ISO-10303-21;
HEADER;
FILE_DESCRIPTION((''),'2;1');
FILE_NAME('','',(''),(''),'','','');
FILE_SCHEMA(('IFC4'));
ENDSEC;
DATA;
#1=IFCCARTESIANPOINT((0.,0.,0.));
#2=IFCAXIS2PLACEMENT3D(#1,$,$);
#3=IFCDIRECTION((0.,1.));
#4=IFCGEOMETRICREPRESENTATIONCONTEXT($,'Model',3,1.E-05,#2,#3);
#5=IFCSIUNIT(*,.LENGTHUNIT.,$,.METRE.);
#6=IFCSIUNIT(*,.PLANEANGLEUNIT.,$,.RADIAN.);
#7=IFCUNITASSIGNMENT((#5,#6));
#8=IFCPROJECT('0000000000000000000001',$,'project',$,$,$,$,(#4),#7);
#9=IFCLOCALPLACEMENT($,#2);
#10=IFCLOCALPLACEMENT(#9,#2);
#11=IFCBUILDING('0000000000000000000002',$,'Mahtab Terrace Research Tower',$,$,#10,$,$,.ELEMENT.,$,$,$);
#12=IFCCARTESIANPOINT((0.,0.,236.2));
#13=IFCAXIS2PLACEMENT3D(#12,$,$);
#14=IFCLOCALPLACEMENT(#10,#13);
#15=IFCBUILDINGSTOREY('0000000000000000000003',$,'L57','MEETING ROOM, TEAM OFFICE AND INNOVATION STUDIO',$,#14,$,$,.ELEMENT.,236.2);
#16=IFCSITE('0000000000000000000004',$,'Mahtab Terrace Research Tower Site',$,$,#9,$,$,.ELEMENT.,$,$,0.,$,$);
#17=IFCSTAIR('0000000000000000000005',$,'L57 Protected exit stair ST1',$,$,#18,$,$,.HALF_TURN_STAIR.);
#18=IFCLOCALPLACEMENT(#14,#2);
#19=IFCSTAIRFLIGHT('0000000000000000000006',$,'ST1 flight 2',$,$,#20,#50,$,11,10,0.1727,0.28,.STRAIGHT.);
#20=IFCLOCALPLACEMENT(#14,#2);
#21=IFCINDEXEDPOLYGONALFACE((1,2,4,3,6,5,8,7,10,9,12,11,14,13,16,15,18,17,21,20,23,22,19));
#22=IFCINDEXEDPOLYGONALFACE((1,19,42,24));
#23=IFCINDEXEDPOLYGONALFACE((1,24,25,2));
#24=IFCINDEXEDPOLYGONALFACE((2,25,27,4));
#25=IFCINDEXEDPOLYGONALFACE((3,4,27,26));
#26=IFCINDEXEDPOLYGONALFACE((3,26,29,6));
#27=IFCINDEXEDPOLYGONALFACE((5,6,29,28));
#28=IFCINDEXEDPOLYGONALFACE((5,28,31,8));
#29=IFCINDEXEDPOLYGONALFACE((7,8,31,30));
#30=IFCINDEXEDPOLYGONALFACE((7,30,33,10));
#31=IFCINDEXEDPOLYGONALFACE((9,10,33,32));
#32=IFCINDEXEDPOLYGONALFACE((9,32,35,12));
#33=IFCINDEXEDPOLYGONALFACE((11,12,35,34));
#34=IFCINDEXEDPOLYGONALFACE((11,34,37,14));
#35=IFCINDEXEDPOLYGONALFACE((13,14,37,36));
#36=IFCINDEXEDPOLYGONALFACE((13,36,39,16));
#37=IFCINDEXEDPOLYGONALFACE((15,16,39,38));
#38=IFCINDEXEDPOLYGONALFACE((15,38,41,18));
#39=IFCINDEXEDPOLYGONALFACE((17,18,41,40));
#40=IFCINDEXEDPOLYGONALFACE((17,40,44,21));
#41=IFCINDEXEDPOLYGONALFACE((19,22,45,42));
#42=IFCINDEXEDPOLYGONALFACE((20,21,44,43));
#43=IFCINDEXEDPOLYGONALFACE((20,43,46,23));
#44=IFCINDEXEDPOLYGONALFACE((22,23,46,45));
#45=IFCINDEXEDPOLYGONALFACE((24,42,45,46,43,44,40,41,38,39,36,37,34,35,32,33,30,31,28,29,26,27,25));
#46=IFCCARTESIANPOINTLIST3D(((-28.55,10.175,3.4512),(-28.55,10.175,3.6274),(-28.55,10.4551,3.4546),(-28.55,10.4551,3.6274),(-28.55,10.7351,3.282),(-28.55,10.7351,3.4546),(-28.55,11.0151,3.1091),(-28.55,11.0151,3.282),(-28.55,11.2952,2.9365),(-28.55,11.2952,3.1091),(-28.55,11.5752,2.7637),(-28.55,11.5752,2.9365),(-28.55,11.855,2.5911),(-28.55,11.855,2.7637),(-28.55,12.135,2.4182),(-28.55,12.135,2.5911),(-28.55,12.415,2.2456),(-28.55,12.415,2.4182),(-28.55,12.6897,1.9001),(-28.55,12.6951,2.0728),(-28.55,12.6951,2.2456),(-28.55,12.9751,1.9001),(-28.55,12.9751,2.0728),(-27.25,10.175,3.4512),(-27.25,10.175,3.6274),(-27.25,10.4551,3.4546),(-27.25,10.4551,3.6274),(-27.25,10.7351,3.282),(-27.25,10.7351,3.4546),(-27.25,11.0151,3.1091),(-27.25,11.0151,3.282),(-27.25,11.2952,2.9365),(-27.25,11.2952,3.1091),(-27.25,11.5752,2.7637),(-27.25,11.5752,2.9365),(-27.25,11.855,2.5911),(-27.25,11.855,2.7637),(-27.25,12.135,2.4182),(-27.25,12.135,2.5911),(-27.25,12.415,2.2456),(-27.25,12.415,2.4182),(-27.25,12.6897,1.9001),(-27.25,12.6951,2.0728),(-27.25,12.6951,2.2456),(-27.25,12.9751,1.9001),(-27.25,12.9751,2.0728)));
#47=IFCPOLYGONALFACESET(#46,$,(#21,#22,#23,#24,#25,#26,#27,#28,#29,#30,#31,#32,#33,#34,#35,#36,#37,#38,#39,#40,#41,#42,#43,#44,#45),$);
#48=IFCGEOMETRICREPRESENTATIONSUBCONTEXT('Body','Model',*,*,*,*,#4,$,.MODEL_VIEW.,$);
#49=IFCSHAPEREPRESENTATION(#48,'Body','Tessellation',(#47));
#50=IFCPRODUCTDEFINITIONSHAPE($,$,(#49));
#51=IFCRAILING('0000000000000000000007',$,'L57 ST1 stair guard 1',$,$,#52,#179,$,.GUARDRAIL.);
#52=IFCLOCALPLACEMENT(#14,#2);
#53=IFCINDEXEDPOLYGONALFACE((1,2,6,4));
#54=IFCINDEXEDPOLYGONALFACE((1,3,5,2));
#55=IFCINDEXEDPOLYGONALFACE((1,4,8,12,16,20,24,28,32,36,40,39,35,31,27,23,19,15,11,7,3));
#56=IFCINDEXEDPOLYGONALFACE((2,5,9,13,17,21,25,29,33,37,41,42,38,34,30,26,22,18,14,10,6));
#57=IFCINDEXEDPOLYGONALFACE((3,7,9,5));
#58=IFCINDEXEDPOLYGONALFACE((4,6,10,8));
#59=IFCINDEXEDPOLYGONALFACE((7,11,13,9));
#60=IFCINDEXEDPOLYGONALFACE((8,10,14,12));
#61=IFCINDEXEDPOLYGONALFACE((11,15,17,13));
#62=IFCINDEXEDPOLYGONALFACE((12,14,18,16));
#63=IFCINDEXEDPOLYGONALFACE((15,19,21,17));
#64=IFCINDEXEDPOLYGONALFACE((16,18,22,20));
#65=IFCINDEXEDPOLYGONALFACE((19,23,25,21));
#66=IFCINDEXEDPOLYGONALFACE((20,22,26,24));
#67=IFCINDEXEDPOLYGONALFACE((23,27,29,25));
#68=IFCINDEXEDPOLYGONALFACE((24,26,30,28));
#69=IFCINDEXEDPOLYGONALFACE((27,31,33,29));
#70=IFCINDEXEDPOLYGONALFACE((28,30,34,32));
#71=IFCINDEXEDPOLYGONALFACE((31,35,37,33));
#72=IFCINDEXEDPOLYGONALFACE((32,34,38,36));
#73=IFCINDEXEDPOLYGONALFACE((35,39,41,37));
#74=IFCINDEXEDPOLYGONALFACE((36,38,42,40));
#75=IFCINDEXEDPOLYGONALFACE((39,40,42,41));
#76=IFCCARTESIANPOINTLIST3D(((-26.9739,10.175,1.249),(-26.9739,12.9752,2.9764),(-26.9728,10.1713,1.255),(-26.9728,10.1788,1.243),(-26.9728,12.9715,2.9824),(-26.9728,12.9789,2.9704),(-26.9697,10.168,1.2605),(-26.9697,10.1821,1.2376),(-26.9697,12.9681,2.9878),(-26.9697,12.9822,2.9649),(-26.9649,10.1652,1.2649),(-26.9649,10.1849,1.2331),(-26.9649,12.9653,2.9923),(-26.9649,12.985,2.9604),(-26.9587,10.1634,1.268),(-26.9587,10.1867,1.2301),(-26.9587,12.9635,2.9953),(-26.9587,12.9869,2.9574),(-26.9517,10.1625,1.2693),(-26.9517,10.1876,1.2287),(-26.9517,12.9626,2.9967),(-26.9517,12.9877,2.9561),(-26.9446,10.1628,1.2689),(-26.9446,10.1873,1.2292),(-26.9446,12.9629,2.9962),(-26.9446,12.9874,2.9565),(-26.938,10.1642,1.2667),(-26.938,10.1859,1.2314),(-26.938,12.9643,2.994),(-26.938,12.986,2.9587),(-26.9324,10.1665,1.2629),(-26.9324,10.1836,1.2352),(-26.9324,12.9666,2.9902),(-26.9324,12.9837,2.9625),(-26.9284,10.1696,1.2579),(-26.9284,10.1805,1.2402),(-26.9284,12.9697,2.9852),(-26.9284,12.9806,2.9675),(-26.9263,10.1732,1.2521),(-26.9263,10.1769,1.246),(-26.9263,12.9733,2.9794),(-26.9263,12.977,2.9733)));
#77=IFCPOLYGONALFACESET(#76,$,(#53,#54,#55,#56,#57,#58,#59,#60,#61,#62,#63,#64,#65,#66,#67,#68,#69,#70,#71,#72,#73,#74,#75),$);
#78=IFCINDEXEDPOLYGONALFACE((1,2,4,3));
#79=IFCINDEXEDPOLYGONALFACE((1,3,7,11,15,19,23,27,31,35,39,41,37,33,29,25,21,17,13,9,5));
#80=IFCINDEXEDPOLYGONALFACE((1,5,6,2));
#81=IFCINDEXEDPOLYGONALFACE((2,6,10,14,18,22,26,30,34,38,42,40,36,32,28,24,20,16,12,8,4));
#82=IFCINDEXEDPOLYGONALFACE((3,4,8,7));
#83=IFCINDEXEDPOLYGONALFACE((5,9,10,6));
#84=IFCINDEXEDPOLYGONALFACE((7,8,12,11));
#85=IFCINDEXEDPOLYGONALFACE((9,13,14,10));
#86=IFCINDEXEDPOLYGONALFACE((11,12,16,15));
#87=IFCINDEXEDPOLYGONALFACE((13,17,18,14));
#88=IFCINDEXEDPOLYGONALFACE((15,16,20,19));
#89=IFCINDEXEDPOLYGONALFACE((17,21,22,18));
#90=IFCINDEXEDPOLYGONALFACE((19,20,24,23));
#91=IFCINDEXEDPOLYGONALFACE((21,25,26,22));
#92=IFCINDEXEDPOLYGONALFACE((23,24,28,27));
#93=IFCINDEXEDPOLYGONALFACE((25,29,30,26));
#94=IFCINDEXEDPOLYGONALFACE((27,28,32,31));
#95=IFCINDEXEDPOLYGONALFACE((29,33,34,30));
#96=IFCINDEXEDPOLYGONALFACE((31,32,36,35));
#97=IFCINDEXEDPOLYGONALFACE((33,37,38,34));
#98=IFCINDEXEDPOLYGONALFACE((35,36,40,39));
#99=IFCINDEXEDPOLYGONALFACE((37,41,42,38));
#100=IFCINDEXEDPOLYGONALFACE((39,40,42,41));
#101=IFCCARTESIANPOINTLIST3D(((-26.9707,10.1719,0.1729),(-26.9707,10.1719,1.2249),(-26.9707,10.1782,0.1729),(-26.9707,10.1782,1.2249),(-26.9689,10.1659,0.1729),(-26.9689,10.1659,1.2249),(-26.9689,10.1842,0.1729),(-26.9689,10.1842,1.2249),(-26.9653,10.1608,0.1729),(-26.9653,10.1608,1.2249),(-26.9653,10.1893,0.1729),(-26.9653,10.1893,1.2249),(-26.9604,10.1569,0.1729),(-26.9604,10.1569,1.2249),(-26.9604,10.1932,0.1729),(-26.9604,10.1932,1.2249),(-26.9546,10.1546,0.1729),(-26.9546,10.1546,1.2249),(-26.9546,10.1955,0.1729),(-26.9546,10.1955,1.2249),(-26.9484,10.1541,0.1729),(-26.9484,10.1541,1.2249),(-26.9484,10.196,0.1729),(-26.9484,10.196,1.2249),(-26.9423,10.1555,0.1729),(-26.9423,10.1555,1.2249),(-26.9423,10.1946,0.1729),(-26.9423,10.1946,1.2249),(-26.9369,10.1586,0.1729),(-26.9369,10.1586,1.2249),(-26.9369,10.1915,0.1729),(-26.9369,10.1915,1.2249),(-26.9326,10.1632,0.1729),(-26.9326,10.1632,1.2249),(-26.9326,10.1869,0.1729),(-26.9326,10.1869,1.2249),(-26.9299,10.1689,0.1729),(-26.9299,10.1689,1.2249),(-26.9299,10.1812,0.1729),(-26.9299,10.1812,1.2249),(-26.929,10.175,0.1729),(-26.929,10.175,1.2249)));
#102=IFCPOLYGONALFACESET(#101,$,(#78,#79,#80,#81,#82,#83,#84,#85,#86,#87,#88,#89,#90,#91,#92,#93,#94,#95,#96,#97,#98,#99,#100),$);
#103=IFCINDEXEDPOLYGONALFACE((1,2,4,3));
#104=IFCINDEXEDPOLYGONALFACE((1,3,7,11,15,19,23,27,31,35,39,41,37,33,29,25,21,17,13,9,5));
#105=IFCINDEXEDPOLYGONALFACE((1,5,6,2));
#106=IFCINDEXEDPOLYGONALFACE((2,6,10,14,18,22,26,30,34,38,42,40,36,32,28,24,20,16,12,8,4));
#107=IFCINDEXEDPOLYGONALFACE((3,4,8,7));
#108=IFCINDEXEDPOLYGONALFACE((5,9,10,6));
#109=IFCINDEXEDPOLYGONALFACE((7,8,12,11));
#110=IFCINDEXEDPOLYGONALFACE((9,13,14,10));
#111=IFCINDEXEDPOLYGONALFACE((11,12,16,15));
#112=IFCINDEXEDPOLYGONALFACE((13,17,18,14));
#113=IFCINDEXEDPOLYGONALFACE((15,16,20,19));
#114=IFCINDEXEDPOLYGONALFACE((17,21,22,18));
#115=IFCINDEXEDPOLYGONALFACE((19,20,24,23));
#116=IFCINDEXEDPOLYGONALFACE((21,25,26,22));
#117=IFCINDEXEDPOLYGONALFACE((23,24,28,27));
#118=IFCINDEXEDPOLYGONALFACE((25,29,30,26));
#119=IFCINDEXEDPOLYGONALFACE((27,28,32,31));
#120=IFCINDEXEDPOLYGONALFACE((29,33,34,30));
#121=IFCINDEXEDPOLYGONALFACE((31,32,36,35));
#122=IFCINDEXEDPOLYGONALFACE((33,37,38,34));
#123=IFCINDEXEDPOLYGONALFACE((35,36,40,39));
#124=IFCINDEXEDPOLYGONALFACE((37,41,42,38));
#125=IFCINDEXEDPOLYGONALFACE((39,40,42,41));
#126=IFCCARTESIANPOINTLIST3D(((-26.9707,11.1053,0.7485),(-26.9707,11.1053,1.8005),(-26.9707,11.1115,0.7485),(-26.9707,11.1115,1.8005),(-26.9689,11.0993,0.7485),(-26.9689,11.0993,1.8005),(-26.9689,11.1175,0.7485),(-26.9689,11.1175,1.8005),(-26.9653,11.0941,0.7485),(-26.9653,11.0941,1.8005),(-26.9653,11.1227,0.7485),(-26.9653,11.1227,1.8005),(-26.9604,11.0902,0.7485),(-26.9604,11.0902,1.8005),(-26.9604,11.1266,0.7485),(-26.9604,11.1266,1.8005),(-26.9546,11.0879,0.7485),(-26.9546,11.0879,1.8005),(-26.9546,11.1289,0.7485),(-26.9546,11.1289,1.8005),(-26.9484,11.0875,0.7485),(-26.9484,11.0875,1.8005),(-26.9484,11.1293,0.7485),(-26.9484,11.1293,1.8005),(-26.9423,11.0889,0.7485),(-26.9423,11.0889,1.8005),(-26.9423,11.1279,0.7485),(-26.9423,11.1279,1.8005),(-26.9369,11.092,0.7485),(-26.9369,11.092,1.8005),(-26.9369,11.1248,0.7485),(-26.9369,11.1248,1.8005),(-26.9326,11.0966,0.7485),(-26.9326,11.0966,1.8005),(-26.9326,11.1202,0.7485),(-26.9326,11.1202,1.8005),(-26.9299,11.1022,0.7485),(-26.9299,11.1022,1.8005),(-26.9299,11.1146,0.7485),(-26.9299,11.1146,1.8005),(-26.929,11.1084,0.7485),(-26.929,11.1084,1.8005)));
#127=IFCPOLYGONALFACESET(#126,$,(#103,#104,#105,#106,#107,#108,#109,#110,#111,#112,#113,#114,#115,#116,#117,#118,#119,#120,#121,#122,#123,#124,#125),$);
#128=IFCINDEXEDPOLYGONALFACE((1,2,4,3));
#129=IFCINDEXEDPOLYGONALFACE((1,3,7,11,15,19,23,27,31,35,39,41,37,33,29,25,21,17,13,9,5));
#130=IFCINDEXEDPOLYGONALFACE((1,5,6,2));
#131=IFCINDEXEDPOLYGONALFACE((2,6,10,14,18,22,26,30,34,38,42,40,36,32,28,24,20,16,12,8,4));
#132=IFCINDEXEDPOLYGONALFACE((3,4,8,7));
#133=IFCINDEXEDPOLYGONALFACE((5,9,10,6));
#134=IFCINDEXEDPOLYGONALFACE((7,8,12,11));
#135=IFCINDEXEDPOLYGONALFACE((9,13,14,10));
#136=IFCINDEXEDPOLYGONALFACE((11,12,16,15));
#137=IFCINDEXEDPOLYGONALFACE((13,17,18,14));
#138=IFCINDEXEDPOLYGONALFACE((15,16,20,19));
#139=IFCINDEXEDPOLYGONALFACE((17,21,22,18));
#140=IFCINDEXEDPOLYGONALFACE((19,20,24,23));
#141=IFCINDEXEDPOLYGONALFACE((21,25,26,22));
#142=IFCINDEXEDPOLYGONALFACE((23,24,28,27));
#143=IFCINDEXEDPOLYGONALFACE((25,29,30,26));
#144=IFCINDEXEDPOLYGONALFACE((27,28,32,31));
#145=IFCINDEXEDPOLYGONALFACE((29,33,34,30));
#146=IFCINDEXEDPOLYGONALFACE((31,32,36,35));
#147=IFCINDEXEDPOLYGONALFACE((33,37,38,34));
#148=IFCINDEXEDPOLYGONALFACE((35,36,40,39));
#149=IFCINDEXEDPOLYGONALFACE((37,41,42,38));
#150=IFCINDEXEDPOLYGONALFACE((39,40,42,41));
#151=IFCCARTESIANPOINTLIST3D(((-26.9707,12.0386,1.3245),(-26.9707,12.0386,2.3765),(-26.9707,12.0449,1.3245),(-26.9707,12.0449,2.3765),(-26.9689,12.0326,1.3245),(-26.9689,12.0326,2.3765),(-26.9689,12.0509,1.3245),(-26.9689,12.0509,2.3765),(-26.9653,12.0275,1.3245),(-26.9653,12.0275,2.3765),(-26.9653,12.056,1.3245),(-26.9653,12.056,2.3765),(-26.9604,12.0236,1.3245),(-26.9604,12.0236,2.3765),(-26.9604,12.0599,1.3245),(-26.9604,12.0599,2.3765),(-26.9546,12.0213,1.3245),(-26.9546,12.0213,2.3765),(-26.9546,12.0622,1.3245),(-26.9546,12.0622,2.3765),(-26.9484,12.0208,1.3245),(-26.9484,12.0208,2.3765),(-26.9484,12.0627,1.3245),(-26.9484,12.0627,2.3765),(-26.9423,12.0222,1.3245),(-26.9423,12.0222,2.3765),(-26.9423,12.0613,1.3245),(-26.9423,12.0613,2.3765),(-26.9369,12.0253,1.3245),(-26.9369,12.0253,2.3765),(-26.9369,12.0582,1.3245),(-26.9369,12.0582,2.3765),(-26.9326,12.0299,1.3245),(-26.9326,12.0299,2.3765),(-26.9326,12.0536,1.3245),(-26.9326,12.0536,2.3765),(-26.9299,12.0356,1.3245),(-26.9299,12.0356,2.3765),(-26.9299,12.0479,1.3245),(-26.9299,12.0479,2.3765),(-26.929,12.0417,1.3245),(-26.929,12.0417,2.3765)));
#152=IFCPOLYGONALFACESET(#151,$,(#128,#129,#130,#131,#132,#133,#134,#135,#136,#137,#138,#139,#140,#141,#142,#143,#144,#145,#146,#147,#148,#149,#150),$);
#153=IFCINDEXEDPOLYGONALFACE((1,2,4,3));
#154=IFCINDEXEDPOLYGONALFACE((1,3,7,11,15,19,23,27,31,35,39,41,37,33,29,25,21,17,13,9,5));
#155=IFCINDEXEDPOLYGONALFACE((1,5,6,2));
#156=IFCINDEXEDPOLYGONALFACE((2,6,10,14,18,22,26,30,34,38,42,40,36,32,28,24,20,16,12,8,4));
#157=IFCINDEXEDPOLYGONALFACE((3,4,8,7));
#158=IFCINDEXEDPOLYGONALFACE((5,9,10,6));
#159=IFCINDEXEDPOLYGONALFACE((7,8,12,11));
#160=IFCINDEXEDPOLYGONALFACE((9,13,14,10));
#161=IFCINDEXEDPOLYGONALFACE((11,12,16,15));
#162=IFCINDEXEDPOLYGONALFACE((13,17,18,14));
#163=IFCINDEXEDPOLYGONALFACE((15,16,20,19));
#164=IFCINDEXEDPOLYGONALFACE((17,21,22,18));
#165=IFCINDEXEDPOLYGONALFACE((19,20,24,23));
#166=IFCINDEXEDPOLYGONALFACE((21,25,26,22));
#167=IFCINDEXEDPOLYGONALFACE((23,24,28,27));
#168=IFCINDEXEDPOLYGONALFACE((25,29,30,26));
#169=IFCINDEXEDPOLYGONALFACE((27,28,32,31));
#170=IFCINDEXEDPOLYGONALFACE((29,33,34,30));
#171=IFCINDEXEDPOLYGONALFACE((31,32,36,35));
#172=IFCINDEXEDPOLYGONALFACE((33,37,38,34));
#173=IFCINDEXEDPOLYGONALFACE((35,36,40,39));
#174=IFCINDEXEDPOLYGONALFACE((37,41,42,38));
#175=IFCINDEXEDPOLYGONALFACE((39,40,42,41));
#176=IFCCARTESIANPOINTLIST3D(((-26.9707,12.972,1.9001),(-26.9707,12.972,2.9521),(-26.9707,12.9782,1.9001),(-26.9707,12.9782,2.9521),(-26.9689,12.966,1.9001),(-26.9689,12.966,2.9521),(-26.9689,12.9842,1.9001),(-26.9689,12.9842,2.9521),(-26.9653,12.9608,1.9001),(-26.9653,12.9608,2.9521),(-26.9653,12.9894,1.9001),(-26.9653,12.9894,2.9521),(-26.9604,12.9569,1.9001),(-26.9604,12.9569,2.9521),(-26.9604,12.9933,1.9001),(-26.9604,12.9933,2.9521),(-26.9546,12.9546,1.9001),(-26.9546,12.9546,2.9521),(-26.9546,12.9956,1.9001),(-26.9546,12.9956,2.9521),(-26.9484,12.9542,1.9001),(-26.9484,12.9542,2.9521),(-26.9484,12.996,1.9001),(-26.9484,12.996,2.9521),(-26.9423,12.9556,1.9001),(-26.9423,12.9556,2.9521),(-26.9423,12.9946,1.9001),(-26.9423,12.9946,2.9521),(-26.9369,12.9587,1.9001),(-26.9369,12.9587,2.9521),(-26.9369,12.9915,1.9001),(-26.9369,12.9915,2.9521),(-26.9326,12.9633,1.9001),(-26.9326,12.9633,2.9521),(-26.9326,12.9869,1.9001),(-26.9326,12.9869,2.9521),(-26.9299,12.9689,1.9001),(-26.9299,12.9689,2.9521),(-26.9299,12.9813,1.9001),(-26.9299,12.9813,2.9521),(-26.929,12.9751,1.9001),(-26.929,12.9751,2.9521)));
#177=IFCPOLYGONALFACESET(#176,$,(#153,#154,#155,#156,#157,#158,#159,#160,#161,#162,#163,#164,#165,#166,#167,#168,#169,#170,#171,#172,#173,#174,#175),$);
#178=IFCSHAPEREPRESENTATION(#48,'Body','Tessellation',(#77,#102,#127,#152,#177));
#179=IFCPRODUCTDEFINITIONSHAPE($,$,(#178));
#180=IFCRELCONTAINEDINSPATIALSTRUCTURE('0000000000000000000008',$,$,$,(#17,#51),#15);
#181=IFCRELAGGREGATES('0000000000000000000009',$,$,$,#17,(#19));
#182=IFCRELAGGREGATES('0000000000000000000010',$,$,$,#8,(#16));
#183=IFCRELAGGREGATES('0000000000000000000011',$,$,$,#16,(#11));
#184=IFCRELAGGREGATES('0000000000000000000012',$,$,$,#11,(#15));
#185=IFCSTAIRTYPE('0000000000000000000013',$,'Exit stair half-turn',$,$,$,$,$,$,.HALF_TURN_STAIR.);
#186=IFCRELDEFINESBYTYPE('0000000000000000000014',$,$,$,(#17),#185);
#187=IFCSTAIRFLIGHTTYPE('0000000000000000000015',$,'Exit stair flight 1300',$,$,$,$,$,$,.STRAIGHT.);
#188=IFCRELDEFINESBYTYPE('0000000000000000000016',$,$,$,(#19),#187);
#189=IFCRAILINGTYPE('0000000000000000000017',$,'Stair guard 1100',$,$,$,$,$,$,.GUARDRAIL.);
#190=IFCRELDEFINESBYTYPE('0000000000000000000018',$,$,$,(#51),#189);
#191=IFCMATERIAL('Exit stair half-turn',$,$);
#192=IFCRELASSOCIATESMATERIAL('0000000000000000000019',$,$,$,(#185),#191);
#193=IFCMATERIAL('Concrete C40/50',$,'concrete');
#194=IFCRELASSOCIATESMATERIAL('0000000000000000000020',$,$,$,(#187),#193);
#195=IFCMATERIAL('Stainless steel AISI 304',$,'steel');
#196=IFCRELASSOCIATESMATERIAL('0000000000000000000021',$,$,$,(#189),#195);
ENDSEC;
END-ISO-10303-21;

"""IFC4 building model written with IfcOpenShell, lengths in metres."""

from ifc_helpers import new_model, si_unit, direction, frame, origin, origin_2d, place, context, subcontext, project, spatial, polyline, circle, outline, extrude, material, type_object, element, aggregate, save


model = new_model("IFC4")

# Units and contexts
model_context = context("Model", 3, precision=1e-05, world=origin(), true_north=direction((0.0, 1.0)))
body_context = subcontext(model_context, "Body", "Model", "MODEL_VIEW")
ifc_project = project(units=[si_unit("LENGTHUNIT", "METRE"), si_unit("PLANEANGLEUNIT", "RADIAN")], contexts=[model_context])

# Site, building, storey
site_placement = place(None, origin())
site = spatial("IfcSite", under=ifc_project, at=site_placement, Name="Mahtab Terrace Research Tower Site", CompositionType="ELEMENT", RefElevation=0.0)
building_placement = place(site_placement, origin())
building = spatial("IfcBuilding", under=site, at=building_placement, Name="Mahtab Terrace Research Tower", CompositionType="ELEMENT")
storey_placement = place(building_placement, frame((0.0, 0.0, 236.2)))
storey = spatial("IfcBuildingStorey", under=building, at=storey_placement, Name="L57", Description="MEETING ROOM, TEAM OFFICE AND INNOVATION STUDIO", CompositionType="ELEMENT", Elevation=236.2)

# Stair, stair flight
ifc_material_1 = material(Name="Exit stair half-turn")
stair_type = type_object("IfcStairType", Name="Exit stair half-turn", PredefinedType="HALF_TURN_STAIR", material=ifc_material_1)
stair_placement = place(storey_placement, origin())
stair = element("IfcStair", 1, at=stair_placement, inside=storey, type_object=stair_type, Name="L57 Protected exit stair ST1", PredefinedType="HALF_TURN_STAIR")
ifc_material_2 = material(Name="Concrete C40/50", Category="concrete")
stair_flight_type = type_object("IfcStairFlightType", Name="Exit stair flight 1300", PredefinedType="STRAIGHT", material=ifc_material_2)
stair_flight_1_placement = place(storey_placement, frame((-27.8999, 12.9751, 1.9001), z_axis=(0.0, 0.0, 1.0), x_axis=(0.0, -1.0, 0.0)))
stair_flight_1 = element("IfcStairFlight", 2, at=stair_flight_1_placement, type_object=stair_flight_type, Name="ST1 flight 2", NumberOfRisers=11, NumberOfTreads=10, PredefinedType="STRAIGHT", RiserHeight=0.1727, TreadLength=0.28, context=body_context, shape_type="SweptSolid", body=[
    extrude(outline(polyline([(0.0, 0.0), (0.0, 0.1726), (0.28, 0.1726), (0.28, 0.3455), (0.5601, 0.3455), (0.5601, 0.5181), (0.8401, 0.5181), (0.8401, 0.6909), (1.1201, 0.6909), (1.1201, 0.8635), (1.3999, 0.8635), (1.3999, 1.0364), (1.6799, 1.0364), (1.6799, 1.209), (1.96, 1.209), (1.96, 1.3818), (2.24, 1.3818), (2.24, 1.5544), (2.52, 1.5544), (2.52, 1.7273), (2.8, 1.7273), (2.8, 1.8999), (2.8, 1.551), (0.2854, 0.0), (0.0, 0.0)])), frame((0.0, 0.6499, 0.0), z_axis=(0.0, -1.0, 0.0), x_axis=(1.0, 0.0, 0.0)), (0.0, 0.0, 1.0), 1.3),
])
aggregate(stair, [stair_flight_1])

# Railing
ifc_material_3 = material(Name="Stainless steel AISI 304", Category="steel")
railing_type_1 = type_object("IfcRailingType", Name="Stair guard 1100", PredefinedType="GUARDRAIL", material=ifc_material_3)
railing_1_placement = place(storey_placement, frame((-26.95, 10.175, 0.1729)))
element("IfcRailing", 3, at=railing_1_placement, inside=storey, type_object=railing_type_1, Name="L57 ST1 stair guard 1", PredefinedType="GUARDRAIL", context=body_context, shape_type="SweptSolid", body=[
    extrude(circle(Radius=0.0239, at=origin_2d()), frame((0.0, 0.0, 1.0762), z_axis=(0.0, 0.85109, 0.52502), x_axis=(-1.0, 0.0, 0.0)), (0.0, 0.0, 1.0), 3.29),
    extrude(circle(Radius=0.021, at=origin_2d()), origin(), (0.0, 0.0, 1.0), 1.052),
    extrude(circle(Radius=0.021, at=origin_2d()), frame((0.0, 0.9333, 0.5757)), (0.0, 0.0, 1.0), 1.052),
    extrude(circle(Radius=0.021, at=origin_2d()), frame((0.0, 1.8667, 1.1516)), (0.0, 0.0, 1.0), 1.052),
    extrude(circle(Radius=0.021, at=origin_2d()), frame((0.0, 2.8, 1.7273)), (0.0, 0.0, 1.0), 1.052),
])

save(model, "model.ifc")
